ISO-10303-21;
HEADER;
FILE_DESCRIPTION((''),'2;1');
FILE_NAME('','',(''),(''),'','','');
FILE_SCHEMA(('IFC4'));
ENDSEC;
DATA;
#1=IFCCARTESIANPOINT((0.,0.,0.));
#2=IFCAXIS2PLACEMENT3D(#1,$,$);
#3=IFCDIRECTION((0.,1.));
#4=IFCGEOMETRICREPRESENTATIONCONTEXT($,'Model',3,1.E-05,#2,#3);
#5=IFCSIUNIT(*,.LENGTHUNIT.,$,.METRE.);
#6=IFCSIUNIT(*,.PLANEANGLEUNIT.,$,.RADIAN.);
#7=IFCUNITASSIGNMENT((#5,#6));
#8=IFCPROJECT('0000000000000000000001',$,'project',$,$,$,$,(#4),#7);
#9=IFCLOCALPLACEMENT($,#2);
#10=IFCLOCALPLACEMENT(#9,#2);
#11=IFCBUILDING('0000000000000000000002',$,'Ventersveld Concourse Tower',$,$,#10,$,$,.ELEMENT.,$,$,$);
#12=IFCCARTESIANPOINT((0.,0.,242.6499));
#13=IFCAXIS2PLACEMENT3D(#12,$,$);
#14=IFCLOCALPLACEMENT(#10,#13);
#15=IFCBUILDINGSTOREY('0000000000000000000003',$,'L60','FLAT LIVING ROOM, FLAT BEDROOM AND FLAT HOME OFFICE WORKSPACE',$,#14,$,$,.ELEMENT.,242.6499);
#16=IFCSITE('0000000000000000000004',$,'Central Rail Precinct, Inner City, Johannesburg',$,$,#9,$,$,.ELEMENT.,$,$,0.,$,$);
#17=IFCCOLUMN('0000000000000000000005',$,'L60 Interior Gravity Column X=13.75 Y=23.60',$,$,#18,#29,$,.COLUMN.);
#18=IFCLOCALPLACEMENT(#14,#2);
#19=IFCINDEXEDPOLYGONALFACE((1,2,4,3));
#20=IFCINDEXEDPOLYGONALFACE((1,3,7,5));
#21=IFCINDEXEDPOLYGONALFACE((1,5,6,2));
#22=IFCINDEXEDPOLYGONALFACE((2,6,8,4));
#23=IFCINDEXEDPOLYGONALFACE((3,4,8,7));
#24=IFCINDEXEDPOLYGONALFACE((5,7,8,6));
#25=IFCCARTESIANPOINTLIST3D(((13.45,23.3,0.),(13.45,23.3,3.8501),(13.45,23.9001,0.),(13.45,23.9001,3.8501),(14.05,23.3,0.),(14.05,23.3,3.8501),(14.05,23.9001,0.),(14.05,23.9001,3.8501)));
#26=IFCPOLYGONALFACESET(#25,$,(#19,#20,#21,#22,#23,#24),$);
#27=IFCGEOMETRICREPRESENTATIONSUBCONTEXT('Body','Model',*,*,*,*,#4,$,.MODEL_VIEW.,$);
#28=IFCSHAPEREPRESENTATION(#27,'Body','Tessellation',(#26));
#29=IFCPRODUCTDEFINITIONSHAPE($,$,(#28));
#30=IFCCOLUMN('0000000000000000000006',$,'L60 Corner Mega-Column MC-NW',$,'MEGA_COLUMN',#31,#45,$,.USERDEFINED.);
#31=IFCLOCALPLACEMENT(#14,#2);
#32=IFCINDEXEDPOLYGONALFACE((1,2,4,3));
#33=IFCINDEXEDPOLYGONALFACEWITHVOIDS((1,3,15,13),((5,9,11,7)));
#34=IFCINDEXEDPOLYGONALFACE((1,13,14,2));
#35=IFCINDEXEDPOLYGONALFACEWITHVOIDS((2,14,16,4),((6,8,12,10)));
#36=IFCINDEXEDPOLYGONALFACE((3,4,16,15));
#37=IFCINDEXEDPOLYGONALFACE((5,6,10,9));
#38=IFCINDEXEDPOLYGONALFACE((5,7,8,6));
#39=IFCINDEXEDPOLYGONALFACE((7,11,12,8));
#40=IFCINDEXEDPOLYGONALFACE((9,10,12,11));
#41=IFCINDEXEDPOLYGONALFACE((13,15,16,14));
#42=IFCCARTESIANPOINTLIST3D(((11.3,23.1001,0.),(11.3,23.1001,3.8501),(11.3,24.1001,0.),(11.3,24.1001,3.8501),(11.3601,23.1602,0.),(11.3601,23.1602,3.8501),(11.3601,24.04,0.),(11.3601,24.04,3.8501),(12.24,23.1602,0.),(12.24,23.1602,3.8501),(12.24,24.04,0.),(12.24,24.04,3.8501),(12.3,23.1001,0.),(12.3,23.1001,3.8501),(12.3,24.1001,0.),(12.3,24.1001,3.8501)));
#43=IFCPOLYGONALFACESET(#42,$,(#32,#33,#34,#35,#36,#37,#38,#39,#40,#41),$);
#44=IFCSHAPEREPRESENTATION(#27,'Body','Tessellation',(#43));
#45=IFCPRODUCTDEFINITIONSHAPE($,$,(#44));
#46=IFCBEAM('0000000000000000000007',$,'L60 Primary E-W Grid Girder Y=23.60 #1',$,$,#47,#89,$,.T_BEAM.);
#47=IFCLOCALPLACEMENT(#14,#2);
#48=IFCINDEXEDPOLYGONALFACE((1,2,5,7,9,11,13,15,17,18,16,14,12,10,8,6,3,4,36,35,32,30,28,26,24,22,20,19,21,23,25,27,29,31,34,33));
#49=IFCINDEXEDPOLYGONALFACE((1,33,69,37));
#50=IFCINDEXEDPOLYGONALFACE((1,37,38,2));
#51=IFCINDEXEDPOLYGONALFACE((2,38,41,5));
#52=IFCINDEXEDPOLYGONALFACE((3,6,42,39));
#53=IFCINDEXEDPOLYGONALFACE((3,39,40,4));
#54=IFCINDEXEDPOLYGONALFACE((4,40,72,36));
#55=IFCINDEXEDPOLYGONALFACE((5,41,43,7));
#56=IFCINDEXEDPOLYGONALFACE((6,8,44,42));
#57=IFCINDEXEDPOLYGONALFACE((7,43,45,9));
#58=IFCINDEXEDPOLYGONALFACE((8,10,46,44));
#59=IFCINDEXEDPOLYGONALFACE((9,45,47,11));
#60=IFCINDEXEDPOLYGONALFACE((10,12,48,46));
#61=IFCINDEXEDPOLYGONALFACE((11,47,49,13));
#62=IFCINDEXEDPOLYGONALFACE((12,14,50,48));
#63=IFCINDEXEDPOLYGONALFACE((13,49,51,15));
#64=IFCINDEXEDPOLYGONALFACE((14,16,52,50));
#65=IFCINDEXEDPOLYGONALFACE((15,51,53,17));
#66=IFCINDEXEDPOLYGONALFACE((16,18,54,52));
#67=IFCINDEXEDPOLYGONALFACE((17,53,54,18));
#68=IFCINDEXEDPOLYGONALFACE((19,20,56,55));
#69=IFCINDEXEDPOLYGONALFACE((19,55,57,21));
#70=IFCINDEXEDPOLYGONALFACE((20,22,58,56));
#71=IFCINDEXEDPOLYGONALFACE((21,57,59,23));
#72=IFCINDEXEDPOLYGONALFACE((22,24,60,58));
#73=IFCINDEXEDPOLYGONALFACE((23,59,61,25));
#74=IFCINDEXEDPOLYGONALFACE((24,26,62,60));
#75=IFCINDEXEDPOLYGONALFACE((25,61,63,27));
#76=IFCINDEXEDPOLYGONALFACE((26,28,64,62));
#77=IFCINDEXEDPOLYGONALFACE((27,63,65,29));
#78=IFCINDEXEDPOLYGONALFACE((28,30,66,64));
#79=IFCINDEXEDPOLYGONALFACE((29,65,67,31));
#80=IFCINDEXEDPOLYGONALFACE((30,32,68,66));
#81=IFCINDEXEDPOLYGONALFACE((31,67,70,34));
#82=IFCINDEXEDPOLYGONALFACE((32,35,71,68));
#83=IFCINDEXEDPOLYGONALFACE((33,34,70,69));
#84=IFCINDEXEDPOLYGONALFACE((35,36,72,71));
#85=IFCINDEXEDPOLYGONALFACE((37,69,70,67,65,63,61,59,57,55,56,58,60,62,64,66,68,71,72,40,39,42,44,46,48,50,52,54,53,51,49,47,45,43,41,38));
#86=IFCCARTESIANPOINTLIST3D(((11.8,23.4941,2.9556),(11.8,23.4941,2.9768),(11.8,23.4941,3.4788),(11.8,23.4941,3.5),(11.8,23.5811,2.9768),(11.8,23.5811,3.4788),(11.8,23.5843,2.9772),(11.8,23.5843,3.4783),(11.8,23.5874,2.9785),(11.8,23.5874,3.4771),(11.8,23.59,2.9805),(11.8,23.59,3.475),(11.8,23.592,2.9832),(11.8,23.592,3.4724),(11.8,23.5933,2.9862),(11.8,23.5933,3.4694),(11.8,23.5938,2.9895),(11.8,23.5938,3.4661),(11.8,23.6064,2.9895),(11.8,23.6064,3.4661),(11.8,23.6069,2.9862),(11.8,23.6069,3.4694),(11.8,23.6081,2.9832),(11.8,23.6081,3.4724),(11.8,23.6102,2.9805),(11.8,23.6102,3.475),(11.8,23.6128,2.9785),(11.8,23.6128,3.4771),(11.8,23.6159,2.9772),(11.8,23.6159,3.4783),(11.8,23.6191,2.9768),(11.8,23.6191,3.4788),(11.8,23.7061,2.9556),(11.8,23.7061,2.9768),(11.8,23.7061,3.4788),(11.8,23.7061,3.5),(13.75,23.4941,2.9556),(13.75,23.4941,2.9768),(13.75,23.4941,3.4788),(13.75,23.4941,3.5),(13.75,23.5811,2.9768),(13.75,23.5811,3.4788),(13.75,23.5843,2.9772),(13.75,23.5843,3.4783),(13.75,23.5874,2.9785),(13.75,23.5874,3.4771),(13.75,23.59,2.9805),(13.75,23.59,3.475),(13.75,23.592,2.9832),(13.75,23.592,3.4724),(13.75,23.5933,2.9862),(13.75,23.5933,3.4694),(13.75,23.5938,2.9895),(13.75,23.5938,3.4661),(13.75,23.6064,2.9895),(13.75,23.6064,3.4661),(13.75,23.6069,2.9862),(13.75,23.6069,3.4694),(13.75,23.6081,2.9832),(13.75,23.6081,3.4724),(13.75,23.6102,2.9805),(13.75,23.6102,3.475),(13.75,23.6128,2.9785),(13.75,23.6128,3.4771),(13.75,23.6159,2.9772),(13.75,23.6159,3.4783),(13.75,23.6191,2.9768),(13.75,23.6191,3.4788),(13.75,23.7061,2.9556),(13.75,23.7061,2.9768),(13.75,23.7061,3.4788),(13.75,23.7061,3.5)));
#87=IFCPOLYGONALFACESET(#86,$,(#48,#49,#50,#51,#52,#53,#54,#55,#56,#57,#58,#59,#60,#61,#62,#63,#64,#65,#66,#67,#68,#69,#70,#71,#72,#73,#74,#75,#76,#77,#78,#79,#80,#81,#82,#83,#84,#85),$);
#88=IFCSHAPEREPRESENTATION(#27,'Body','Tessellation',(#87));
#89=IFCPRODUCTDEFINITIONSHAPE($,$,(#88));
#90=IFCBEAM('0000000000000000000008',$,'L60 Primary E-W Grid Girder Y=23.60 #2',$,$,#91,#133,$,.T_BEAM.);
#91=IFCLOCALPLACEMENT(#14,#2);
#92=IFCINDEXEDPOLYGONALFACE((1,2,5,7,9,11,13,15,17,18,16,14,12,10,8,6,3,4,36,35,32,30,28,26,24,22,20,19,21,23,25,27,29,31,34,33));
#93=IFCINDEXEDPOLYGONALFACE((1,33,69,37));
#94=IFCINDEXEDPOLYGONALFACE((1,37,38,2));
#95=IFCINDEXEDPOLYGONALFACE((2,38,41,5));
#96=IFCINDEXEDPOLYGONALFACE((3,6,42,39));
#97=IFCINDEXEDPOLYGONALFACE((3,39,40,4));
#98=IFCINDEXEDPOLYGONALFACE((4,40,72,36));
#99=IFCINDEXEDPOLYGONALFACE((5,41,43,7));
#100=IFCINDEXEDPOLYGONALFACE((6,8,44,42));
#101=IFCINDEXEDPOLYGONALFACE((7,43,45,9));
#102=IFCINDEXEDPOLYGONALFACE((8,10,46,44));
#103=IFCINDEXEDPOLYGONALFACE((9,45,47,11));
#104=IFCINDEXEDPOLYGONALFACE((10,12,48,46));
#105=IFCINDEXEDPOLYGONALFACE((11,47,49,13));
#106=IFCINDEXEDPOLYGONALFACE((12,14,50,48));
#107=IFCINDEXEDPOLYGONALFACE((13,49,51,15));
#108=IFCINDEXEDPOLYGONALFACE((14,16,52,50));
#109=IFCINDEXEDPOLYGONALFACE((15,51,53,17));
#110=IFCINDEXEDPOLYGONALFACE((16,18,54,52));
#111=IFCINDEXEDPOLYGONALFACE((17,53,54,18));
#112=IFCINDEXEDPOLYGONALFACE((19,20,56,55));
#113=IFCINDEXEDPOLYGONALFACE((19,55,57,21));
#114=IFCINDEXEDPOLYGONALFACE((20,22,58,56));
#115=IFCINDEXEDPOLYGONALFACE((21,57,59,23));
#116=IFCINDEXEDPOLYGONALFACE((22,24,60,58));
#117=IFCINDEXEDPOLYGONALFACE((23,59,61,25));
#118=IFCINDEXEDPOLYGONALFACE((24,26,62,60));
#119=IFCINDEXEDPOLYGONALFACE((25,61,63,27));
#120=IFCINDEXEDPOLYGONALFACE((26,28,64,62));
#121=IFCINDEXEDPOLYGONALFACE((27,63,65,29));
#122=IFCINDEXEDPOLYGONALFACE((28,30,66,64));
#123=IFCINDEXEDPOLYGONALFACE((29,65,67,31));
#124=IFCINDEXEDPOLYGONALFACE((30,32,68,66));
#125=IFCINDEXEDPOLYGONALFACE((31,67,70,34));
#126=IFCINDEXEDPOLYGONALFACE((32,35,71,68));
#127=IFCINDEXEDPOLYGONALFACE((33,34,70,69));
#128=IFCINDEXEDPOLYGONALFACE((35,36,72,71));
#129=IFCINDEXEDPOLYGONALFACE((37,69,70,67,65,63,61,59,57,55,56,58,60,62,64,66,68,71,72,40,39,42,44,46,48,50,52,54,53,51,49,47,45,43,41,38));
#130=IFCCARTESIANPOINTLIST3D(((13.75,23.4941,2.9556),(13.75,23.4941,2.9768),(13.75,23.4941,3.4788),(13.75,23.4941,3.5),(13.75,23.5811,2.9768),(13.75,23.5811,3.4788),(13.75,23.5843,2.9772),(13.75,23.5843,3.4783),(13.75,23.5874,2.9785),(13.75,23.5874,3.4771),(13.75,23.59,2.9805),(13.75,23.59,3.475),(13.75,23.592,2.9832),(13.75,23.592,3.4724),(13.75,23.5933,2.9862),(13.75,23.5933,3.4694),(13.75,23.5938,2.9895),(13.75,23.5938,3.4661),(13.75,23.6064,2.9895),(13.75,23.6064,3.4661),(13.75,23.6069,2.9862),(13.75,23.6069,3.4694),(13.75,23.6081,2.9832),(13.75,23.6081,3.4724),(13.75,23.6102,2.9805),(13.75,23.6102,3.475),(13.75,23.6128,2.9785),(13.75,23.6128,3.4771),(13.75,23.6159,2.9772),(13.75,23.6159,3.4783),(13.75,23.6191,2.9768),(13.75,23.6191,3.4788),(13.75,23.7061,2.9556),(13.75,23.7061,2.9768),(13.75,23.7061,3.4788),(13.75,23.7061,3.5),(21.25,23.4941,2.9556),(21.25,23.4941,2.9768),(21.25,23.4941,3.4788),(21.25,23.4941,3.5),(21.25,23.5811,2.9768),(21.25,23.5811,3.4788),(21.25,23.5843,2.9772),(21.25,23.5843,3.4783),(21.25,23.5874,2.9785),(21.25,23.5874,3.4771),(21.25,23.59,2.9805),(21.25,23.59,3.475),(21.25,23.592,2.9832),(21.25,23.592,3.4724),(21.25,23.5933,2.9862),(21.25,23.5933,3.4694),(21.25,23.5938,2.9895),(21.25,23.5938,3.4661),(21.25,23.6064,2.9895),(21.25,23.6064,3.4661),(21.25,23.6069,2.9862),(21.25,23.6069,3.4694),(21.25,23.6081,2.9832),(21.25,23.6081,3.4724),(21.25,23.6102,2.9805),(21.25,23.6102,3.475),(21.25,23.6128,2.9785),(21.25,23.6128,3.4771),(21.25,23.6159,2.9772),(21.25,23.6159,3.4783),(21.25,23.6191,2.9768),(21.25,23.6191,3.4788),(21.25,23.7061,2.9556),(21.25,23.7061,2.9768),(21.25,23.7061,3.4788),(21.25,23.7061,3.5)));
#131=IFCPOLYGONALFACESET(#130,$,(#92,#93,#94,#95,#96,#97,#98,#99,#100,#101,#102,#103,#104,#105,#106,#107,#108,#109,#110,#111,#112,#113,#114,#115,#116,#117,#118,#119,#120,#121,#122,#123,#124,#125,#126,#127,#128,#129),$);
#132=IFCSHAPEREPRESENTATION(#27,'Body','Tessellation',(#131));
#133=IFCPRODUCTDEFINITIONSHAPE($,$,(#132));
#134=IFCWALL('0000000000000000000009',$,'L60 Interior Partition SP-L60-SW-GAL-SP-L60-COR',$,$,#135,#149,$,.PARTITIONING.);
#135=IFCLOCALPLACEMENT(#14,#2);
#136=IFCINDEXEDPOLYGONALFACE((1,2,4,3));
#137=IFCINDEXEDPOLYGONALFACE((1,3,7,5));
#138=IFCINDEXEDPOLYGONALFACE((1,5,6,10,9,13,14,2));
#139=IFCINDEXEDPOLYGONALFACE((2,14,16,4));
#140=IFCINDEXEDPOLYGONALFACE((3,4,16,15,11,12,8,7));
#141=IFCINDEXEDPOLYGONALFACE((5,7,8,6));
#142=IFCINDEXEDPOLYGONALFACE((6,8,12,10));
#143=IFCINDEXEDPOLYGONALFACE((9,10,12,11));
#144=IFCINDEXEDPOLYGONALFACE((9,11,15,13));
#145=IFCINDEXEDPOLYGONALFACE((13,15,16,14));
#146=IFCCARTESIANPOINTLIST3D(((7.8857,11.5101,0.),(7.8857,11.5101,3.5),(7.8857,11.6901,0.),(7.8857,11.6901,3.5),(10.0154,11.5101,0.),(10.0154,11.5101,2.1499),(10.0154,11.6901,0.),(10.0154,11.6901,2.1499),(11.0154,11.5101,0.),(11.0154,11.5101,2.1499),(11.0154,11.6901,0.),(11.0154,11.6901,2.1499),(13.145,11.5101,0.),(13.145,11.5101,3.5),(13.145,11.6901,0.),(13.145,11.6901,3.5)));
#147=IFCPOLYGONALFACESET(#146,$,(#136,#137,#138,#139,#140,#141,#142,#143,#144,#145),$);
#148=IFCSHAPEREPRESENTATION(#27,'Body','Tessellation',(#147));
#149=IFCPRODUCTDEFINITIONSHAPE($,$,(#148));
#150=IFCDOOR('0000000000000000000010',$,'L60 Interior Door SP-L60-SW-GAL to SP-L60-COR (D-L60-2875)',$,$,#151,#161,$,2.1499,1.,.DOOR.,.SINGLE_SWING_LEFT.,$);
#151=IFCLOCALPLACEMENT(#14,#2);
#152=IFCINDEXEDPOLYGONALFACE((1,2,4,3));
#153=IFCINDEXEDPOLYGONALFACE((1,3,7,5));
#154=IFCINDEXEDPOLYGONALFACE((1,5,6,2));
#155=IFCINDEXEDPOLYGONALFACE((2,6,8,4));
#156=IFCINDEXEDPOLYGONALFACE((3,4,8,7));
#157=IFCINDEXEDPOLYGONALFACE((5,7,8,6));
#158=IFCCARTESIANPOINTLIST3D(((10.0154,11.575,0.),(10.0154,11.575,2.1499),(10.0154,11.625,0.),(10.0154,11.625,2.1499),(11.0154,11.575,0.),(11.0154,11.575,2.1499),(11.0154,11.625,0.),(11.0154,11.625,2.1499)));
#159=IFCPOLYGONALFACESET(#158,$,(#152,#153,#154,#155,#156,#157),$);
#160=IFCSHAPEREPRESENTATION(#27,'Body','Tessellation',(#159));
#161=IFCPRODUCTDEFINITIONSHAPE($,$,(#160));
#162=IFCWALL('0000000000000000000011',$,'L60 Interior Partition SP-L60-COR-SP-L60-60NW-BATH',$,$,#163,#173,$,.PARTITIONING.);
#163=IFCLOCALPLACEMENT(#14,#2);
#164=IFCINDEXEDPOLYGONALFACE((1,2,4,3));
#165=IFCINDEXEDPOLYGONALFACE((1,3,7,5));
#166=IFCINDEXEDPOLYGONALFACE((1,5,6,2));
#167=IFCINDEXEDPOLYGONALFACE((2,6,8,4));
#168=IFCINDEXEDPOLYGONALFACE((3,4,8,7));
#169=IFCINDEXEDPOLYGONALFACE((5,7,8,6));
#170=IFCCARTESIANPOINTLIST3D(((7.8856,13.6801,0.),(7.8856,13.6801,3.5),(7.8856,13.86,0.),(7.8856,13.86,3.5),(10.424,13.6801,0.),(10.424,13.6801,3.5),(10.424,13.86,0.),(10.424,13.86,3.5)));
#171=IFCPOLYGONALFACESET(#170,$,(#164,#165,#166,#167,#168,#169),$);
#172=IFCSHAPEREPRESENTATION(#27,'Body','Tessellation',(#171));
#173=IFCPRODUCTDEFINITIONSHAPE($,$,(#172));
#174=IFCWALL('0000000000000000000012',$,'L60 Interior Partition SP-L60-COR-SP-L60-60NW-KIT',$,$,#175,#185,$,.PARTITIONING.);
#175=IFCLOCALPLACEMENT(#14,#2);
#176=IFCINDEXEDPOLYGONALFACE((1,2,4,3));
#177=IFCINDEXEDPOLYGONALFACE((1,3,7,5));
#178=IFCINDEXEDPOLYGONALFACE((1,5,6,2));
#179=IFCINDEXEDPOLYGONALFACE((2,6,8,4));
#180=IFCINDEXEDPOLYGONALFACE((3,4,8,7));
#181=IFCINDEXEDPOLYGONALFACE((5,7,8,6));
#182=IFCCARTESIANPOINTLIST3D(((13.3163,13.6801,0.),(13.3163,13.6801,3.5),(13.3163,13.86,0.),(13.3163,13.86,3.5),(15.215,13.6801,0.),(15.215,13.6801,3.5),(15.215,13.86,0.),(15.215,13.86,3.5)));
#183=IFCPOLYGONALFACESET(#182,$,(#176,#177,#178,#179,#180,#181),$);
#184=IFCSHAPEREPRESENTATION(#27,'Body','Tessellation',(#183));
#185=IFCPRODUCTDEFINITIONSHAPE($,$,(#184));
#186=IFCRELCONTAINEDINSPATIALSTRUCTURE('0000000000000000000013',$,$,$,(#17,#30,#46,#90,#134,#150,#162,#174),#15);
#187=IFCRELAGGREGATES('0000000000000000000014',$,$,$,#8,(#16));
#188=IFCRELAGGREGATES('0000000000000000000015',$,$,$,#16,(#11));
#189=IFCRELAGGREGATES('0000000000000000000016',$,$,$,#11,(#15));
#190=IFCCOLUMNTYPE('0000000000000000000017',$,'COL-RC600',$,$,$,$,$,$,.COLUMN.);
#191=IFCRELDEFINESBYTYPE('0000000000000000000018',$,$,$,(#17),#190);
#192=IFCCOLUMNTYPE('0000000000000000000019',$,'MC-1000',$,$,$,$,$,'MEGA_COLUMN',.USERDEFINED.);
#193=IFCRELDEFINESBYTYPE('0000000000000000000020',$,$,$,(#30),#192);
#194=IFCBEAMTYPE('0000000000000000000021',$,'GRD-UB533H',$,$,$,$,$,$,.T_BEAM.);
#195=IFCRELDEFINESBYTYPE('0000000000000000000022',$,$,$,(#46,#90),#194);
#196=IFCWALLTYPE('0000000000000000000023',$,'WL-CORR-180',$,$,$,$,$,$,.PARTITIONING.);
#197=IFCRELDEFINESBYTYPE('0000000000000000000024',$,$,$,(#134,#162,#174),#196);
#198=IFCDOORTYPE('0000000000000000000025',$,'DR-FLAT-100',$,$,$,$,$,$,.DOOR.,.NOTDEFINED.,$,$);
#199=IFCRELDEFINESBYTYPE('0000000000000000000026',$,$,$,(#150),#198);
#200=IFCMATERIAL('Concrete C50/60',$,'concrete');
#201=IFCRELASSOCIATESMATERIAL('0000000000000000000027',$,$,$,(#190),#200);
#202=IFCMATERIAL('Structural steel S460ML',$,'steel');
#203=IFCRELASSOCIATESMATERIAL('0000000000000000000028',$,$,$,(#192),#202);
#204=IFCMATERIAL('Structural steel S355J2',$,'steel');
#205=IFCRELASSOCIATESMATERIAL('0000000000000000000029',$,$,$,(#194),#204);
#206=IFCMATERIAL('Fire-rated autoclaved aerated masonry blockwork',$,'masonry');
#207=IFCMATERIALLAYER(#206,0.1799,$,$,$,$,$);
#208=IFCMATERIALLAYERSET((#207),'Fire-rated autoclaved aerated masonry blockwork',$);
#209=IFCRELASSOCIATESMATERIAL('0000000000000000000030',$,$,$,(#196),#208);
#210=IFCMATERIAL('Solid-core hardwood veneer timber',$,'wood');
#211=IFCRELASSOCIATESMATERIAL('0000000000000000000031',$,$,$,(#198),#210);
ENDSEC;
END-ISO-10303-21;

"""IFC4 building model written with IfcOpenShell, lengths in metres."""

from ifc_helpers import new_model, si_unit, direction, frame, frame_2d, origin, origin_2d, place, context, subcontext, project, spatial, rectangle, hollow_rectangle, i_section, extrude, material, layer, layer_set, material_profile, profile_set, type_object, element, fill, save


model = new_model("IFC4")

# Units and contexts
model_context = context("Model", 3, precision=1e-05, world=origin(), true_north=direction((0.0, 1.0)))
body_context = subcontext(model_context, "Body", "Model", "MODEL_VIEW")
ifc_project = project(units=[si_unit("LENGTHUNIT", "METRE"), si_unit("PLANEANGLEUNIT", "RADIAN")], contexts=[model_context])

# Site, building, storey
site_placement = place(None, origin())
site = spatial("IfcSite", under=ifc_project, at=site_placement, Name="Central Rail Precinct, Inner City, Johannesburg", CompositionType="ELEMENT", RefElevation=0.0)
building_placement = place(site_placement, origin())
building = spatial("IfcBuilding", under=site, at=building_placement, Name="Ventersveld Concourse Tower", CompositionType="ELEMENT")
storey_placement = place(building_placement, frame((0.0, 0.0, 242.6499)))
storey = spatial("IfcBuildingStorey", under=building, at=storey_placement, Name="L60", Description="FLAT LIVING ROOM, FLAT BEDROOM AND FLAT HOME OFFICE WORKSPACE", CompositionType="ELEMENT", Elevation=242.6499)

# Columns
ifc_material_1 = material(Name="Concrete C50/60", Category="concrete")
ifc_material_profile_1 = material_profile(ifc_material_1, rectangle(XDim=0.6001, YDim=0.6001, at=origin_2d()), Name="RC 600x600")
ifc_profile_set_1 = profile_set([ifc_material_profile_1], Name="Concrete C50/60")
column_type_1 = type_object("IfcColumnType", Name="COL-RC600", PredefinedType="COLUMN", material=ifc_profile_set_1)
column_1_placement = place(storey_placement, frame((13.75, 23.6001, 0.0), z_axis=(0.0, 0.0, 1.0), x_axis=(1.0, 0.0, 0.0)))
element("IfcColumn", 1, at=column_1_placement, inside=storey, type_object=column_type_1, Name="L60 Interior Gravity Column X=13.75 Y=23.60", PredefinedType="COLUMN", context=body_context, shape_type="SweptSolid", body=[
    extrude(rectangle(XDim=0.6001, YDim=0.6001, at=origin_2d()), origin(), (0.0, 0.0, 1.0), 3.8501),
])
ifc_material_2 = material(Name="Structural steel S460ML", Category="steel")
ifc_material_profile_2 = material_profile(ifc_material_2, hollow_rectangle(XDim=1.0, YDim=1.0, WallThickness=0.0601, at=origin_2d()), Name="BOX 1000x1000x60")
ifc_profile_set_2 = profile_set([ifc_material_profile_2], Name="Structural steel S460ML")
column_type_2 = type_object("IfcColumnType", Name="MC-1000", ElementType="MEGA_COLUMN", PredefinedType="USERDEFINED", material=ifc_profile_set_2)
column_2_placement = place(storey_placement, frame((11.8, 23.6001, 0.0), z_axis=(0.0, 0.0, 1.0), x_axis=(1.0, 0.0, 0.0)))
element("IfcColumn", 2, at=column_2_placement, inside=storey, type_object=column_type_2, Name="L60 Corner Mega-Column MC-NW", ObjectType="MEGA_COLUMN", PredefinedType="USERDEFINED", context=body_context, shape_type="SweptSolid", body=[
    extrude(hollow_rectangle(XDim=1.0, YDim=1.0, WallThickness=0.0601, at=origin_2d()), origin(), (0.0, 0.0, 1.0), 3.8501),
])

# Beams
ifc_material_3 = material(Name="Structural steel S355J2", Category="steel")
ifc_material_profile_3 = material_profile(ifc_material_3, i_section(OverallWidth=0.2119, OverallDepth=0.5444, WebThickness=0.0127, FlangeThickness=0.0212, FilletRadius=0.0127, at=origin_2d()), Name="UB 533x210x122")
ifc_profile_set_3 = profile_set([ifc_material_profile_3], Name="Structural steel S355J2")
beam_type = type_object("IfcBeamType", Name="GRD-UB533H", PredefinedType="T_BEAM", material=ifc_profile_set_3)
beam_1_placement = place(storey_placement, frame((11.8, 23.6001, 3.2278), z_axis=(1.0, 0.0, 0.0), x_axis=(0.0, 1.0, 0.0)))
element("IfcBeam", 3, at=beam_1_placement, inside=storey, type_object=beam_type, Name="L60 Primary E-W Grid Girder Y=23.60 #1", PredefinedType="T_BEAM", context=body_context, shape_type="SweptSolid", body=[
    extrude(i_section(OverallWidth=0.2119, OverallDepth=0.5444, WebThickness=0.0127, FlangeThickness=0.0212, FilletRadius=0.0127, at=origin_2d()), origin(), (0.0, 0.0, 1.0), 1.95),
])
beam_2_placement = place(storey_placement, frame((13.75, 23.6001, 3.2278), z_axis=(1.0, 0.0, 0.0), x_axis=(0.0, 1.0, 0.0)))
element("IfcBeam", 4, at=beam_2_placement, inside=storey, type_object=beam_type, Name="L60 Primary E-W Grid Girder Y=23.60 #2", PredefinedType="T_BEAM", context=body_context, shape_type="SweptSolid", body=[
    extrude(i_section(OverallWidth=0.2119, OverallDepth=0.5444, WebThickness=0.0127, FlangeThickness=0.0212, FilletRadius=0.0127, at=origin_2d()), origin(), (0.0, 0.0, 1.0), 7.5),
])

# Wall, opening, door
ifc_material_4 = material(Name="Fire-rated autoclaved aerated masonry blockwork", Category="masonry")
ifc_layer_1 = layer(ifc_material_4, 0.1799)
ifc_layer_set_1 = layer_set([ifc_layer_1], Name="Fire-rated autoclaved aerated masonry blockwork")
wall_type_1 = type_object("IfcWallType", Name="WL-CORR-180", PredefinedType="PARTITIONING", material=ifc_layer_set_1)
wall_1_placement = place(storey_placement, frame((7.8857, 11.6001, 0.0), z_axis=(0.0, 0.0, 1.0), x_axis=(1.0, 0.0, 0.0)))
wall_1 = element("IfcWall", 5, at=wall_1_placement, inside=storey, type_object=wall_type_1, Name="L60 Interior Partition SP-L60-SW-GAL-SP-L60-COR", PredefinedType="PARTITIONING", context=body_context, shape_type="SweptSolid", body=[
    extrude(rectangle(XDim=5.2593, YDim=0.1799, at=frame_2d((2.6296, 0.0))), origin(), (0.0, 0.0, 1.0), 3.5),
])
opening_1_placement = place(wall_1_placement, frame((2.1296, 0.0, 0.0)))
opening_1 = element("IfcOpeningElement", 6, at=opening_1_placement, cuts=wall_1, PredefinedType="OPENING", context=body_context, shape_type="SweptSolid", body=[
    extrude(rectangle(XDim=1.0, YDim=2.1499, at=frame_2d((0.5, 1.075))), frame((0.0, 0.1001, 0.0), z_axis=(0.0, -1.0, 0.0), x_axis=(1.0, 0.0, 0.0)), (0.0, 0.0, 1.0), 0.2),
])
ifc_material_5 = material(Name="Solid-core hardwood veneer timber", Category="wood")
door_type_1 = type_object("IfcDoorType", Name="DR-FLAT-100", OperationType="NOTDEFINED", PredefinedType="DOOR", material=ifc_material_5)
door_1_placement = place(opening_1_placement, origin())
door_1 = element("IfcDoor", 7, at=door_1_placement, inside=storey, type_object=door_type_1, Name="L60 Interior Door SP-L60-SW-GAL to SP-L60-COR (D-L60-2875)", OperationType="SINGLE_SWING_LEFT", OverallHeight=2.1499, OverallWidth=1.0, PredefinedType="DOOR", context=body_context, shape_type="SweptSolid", body=[
    extrude(rectangle(XDim=1.0, YDim=2.1499, at=frame_2d((0.5, 1.075))), frame((0.0, 0.0249, 0.0), z_axis=(0.0, -1.0, 0.0), x_axis=(1.0, 0.0, 0.0)), (0.0, 0.0, 1.0), 0.05),
])
fill(opening_1, door_1)

# Walls
wall_2_placement = place(storey_placement, frame((7.8857, 13.77, 0.0), z_axis=(0.0, 0.0, 1.0), x_axis=(1.0, 0.0, 0.0)))
element("IfcWall", 8, at=wall_2_placement, inside=storey, type_object=wall_type_1, Name="L60 Interior Partition SP-L60-COR-SP-L60-60NW-BATH", PredefinedType="PARTITIONING", context=body_context, shape_type="SweptSolid", body=[
    extrude(rectangle(XDim=2.5383, YDim=0.1799, at=frame_2d((1.269, 0.0))), origin(), (0.0, 0.0, 1.0), 3.5),
])
wall_3_placement = place(storey_placement, frame((13.3164, 13.77, 0.0), z_axis=(0.0, 0.0, 1.0), x_axis=(1.0, 0.0, 0.0)))
element("IfcWall", 9, at=wall_3_placement, inside=storey, type_object=wall_type_1, Name="L60 Interior Partition SP-L60-COR-SP-L60-60NW-KIT", PredefinedType="PARTITIONING", context=body_context, shape_type="SweptSolid", body=[
    extrude(rectangle(XDim=1.8987, YDim=0.1799, at=frame_2d((0.9492, 0.0))), origin(), (0.0, 0.0, 1.0), 3.5),
])

save(model, "model.ifc")
